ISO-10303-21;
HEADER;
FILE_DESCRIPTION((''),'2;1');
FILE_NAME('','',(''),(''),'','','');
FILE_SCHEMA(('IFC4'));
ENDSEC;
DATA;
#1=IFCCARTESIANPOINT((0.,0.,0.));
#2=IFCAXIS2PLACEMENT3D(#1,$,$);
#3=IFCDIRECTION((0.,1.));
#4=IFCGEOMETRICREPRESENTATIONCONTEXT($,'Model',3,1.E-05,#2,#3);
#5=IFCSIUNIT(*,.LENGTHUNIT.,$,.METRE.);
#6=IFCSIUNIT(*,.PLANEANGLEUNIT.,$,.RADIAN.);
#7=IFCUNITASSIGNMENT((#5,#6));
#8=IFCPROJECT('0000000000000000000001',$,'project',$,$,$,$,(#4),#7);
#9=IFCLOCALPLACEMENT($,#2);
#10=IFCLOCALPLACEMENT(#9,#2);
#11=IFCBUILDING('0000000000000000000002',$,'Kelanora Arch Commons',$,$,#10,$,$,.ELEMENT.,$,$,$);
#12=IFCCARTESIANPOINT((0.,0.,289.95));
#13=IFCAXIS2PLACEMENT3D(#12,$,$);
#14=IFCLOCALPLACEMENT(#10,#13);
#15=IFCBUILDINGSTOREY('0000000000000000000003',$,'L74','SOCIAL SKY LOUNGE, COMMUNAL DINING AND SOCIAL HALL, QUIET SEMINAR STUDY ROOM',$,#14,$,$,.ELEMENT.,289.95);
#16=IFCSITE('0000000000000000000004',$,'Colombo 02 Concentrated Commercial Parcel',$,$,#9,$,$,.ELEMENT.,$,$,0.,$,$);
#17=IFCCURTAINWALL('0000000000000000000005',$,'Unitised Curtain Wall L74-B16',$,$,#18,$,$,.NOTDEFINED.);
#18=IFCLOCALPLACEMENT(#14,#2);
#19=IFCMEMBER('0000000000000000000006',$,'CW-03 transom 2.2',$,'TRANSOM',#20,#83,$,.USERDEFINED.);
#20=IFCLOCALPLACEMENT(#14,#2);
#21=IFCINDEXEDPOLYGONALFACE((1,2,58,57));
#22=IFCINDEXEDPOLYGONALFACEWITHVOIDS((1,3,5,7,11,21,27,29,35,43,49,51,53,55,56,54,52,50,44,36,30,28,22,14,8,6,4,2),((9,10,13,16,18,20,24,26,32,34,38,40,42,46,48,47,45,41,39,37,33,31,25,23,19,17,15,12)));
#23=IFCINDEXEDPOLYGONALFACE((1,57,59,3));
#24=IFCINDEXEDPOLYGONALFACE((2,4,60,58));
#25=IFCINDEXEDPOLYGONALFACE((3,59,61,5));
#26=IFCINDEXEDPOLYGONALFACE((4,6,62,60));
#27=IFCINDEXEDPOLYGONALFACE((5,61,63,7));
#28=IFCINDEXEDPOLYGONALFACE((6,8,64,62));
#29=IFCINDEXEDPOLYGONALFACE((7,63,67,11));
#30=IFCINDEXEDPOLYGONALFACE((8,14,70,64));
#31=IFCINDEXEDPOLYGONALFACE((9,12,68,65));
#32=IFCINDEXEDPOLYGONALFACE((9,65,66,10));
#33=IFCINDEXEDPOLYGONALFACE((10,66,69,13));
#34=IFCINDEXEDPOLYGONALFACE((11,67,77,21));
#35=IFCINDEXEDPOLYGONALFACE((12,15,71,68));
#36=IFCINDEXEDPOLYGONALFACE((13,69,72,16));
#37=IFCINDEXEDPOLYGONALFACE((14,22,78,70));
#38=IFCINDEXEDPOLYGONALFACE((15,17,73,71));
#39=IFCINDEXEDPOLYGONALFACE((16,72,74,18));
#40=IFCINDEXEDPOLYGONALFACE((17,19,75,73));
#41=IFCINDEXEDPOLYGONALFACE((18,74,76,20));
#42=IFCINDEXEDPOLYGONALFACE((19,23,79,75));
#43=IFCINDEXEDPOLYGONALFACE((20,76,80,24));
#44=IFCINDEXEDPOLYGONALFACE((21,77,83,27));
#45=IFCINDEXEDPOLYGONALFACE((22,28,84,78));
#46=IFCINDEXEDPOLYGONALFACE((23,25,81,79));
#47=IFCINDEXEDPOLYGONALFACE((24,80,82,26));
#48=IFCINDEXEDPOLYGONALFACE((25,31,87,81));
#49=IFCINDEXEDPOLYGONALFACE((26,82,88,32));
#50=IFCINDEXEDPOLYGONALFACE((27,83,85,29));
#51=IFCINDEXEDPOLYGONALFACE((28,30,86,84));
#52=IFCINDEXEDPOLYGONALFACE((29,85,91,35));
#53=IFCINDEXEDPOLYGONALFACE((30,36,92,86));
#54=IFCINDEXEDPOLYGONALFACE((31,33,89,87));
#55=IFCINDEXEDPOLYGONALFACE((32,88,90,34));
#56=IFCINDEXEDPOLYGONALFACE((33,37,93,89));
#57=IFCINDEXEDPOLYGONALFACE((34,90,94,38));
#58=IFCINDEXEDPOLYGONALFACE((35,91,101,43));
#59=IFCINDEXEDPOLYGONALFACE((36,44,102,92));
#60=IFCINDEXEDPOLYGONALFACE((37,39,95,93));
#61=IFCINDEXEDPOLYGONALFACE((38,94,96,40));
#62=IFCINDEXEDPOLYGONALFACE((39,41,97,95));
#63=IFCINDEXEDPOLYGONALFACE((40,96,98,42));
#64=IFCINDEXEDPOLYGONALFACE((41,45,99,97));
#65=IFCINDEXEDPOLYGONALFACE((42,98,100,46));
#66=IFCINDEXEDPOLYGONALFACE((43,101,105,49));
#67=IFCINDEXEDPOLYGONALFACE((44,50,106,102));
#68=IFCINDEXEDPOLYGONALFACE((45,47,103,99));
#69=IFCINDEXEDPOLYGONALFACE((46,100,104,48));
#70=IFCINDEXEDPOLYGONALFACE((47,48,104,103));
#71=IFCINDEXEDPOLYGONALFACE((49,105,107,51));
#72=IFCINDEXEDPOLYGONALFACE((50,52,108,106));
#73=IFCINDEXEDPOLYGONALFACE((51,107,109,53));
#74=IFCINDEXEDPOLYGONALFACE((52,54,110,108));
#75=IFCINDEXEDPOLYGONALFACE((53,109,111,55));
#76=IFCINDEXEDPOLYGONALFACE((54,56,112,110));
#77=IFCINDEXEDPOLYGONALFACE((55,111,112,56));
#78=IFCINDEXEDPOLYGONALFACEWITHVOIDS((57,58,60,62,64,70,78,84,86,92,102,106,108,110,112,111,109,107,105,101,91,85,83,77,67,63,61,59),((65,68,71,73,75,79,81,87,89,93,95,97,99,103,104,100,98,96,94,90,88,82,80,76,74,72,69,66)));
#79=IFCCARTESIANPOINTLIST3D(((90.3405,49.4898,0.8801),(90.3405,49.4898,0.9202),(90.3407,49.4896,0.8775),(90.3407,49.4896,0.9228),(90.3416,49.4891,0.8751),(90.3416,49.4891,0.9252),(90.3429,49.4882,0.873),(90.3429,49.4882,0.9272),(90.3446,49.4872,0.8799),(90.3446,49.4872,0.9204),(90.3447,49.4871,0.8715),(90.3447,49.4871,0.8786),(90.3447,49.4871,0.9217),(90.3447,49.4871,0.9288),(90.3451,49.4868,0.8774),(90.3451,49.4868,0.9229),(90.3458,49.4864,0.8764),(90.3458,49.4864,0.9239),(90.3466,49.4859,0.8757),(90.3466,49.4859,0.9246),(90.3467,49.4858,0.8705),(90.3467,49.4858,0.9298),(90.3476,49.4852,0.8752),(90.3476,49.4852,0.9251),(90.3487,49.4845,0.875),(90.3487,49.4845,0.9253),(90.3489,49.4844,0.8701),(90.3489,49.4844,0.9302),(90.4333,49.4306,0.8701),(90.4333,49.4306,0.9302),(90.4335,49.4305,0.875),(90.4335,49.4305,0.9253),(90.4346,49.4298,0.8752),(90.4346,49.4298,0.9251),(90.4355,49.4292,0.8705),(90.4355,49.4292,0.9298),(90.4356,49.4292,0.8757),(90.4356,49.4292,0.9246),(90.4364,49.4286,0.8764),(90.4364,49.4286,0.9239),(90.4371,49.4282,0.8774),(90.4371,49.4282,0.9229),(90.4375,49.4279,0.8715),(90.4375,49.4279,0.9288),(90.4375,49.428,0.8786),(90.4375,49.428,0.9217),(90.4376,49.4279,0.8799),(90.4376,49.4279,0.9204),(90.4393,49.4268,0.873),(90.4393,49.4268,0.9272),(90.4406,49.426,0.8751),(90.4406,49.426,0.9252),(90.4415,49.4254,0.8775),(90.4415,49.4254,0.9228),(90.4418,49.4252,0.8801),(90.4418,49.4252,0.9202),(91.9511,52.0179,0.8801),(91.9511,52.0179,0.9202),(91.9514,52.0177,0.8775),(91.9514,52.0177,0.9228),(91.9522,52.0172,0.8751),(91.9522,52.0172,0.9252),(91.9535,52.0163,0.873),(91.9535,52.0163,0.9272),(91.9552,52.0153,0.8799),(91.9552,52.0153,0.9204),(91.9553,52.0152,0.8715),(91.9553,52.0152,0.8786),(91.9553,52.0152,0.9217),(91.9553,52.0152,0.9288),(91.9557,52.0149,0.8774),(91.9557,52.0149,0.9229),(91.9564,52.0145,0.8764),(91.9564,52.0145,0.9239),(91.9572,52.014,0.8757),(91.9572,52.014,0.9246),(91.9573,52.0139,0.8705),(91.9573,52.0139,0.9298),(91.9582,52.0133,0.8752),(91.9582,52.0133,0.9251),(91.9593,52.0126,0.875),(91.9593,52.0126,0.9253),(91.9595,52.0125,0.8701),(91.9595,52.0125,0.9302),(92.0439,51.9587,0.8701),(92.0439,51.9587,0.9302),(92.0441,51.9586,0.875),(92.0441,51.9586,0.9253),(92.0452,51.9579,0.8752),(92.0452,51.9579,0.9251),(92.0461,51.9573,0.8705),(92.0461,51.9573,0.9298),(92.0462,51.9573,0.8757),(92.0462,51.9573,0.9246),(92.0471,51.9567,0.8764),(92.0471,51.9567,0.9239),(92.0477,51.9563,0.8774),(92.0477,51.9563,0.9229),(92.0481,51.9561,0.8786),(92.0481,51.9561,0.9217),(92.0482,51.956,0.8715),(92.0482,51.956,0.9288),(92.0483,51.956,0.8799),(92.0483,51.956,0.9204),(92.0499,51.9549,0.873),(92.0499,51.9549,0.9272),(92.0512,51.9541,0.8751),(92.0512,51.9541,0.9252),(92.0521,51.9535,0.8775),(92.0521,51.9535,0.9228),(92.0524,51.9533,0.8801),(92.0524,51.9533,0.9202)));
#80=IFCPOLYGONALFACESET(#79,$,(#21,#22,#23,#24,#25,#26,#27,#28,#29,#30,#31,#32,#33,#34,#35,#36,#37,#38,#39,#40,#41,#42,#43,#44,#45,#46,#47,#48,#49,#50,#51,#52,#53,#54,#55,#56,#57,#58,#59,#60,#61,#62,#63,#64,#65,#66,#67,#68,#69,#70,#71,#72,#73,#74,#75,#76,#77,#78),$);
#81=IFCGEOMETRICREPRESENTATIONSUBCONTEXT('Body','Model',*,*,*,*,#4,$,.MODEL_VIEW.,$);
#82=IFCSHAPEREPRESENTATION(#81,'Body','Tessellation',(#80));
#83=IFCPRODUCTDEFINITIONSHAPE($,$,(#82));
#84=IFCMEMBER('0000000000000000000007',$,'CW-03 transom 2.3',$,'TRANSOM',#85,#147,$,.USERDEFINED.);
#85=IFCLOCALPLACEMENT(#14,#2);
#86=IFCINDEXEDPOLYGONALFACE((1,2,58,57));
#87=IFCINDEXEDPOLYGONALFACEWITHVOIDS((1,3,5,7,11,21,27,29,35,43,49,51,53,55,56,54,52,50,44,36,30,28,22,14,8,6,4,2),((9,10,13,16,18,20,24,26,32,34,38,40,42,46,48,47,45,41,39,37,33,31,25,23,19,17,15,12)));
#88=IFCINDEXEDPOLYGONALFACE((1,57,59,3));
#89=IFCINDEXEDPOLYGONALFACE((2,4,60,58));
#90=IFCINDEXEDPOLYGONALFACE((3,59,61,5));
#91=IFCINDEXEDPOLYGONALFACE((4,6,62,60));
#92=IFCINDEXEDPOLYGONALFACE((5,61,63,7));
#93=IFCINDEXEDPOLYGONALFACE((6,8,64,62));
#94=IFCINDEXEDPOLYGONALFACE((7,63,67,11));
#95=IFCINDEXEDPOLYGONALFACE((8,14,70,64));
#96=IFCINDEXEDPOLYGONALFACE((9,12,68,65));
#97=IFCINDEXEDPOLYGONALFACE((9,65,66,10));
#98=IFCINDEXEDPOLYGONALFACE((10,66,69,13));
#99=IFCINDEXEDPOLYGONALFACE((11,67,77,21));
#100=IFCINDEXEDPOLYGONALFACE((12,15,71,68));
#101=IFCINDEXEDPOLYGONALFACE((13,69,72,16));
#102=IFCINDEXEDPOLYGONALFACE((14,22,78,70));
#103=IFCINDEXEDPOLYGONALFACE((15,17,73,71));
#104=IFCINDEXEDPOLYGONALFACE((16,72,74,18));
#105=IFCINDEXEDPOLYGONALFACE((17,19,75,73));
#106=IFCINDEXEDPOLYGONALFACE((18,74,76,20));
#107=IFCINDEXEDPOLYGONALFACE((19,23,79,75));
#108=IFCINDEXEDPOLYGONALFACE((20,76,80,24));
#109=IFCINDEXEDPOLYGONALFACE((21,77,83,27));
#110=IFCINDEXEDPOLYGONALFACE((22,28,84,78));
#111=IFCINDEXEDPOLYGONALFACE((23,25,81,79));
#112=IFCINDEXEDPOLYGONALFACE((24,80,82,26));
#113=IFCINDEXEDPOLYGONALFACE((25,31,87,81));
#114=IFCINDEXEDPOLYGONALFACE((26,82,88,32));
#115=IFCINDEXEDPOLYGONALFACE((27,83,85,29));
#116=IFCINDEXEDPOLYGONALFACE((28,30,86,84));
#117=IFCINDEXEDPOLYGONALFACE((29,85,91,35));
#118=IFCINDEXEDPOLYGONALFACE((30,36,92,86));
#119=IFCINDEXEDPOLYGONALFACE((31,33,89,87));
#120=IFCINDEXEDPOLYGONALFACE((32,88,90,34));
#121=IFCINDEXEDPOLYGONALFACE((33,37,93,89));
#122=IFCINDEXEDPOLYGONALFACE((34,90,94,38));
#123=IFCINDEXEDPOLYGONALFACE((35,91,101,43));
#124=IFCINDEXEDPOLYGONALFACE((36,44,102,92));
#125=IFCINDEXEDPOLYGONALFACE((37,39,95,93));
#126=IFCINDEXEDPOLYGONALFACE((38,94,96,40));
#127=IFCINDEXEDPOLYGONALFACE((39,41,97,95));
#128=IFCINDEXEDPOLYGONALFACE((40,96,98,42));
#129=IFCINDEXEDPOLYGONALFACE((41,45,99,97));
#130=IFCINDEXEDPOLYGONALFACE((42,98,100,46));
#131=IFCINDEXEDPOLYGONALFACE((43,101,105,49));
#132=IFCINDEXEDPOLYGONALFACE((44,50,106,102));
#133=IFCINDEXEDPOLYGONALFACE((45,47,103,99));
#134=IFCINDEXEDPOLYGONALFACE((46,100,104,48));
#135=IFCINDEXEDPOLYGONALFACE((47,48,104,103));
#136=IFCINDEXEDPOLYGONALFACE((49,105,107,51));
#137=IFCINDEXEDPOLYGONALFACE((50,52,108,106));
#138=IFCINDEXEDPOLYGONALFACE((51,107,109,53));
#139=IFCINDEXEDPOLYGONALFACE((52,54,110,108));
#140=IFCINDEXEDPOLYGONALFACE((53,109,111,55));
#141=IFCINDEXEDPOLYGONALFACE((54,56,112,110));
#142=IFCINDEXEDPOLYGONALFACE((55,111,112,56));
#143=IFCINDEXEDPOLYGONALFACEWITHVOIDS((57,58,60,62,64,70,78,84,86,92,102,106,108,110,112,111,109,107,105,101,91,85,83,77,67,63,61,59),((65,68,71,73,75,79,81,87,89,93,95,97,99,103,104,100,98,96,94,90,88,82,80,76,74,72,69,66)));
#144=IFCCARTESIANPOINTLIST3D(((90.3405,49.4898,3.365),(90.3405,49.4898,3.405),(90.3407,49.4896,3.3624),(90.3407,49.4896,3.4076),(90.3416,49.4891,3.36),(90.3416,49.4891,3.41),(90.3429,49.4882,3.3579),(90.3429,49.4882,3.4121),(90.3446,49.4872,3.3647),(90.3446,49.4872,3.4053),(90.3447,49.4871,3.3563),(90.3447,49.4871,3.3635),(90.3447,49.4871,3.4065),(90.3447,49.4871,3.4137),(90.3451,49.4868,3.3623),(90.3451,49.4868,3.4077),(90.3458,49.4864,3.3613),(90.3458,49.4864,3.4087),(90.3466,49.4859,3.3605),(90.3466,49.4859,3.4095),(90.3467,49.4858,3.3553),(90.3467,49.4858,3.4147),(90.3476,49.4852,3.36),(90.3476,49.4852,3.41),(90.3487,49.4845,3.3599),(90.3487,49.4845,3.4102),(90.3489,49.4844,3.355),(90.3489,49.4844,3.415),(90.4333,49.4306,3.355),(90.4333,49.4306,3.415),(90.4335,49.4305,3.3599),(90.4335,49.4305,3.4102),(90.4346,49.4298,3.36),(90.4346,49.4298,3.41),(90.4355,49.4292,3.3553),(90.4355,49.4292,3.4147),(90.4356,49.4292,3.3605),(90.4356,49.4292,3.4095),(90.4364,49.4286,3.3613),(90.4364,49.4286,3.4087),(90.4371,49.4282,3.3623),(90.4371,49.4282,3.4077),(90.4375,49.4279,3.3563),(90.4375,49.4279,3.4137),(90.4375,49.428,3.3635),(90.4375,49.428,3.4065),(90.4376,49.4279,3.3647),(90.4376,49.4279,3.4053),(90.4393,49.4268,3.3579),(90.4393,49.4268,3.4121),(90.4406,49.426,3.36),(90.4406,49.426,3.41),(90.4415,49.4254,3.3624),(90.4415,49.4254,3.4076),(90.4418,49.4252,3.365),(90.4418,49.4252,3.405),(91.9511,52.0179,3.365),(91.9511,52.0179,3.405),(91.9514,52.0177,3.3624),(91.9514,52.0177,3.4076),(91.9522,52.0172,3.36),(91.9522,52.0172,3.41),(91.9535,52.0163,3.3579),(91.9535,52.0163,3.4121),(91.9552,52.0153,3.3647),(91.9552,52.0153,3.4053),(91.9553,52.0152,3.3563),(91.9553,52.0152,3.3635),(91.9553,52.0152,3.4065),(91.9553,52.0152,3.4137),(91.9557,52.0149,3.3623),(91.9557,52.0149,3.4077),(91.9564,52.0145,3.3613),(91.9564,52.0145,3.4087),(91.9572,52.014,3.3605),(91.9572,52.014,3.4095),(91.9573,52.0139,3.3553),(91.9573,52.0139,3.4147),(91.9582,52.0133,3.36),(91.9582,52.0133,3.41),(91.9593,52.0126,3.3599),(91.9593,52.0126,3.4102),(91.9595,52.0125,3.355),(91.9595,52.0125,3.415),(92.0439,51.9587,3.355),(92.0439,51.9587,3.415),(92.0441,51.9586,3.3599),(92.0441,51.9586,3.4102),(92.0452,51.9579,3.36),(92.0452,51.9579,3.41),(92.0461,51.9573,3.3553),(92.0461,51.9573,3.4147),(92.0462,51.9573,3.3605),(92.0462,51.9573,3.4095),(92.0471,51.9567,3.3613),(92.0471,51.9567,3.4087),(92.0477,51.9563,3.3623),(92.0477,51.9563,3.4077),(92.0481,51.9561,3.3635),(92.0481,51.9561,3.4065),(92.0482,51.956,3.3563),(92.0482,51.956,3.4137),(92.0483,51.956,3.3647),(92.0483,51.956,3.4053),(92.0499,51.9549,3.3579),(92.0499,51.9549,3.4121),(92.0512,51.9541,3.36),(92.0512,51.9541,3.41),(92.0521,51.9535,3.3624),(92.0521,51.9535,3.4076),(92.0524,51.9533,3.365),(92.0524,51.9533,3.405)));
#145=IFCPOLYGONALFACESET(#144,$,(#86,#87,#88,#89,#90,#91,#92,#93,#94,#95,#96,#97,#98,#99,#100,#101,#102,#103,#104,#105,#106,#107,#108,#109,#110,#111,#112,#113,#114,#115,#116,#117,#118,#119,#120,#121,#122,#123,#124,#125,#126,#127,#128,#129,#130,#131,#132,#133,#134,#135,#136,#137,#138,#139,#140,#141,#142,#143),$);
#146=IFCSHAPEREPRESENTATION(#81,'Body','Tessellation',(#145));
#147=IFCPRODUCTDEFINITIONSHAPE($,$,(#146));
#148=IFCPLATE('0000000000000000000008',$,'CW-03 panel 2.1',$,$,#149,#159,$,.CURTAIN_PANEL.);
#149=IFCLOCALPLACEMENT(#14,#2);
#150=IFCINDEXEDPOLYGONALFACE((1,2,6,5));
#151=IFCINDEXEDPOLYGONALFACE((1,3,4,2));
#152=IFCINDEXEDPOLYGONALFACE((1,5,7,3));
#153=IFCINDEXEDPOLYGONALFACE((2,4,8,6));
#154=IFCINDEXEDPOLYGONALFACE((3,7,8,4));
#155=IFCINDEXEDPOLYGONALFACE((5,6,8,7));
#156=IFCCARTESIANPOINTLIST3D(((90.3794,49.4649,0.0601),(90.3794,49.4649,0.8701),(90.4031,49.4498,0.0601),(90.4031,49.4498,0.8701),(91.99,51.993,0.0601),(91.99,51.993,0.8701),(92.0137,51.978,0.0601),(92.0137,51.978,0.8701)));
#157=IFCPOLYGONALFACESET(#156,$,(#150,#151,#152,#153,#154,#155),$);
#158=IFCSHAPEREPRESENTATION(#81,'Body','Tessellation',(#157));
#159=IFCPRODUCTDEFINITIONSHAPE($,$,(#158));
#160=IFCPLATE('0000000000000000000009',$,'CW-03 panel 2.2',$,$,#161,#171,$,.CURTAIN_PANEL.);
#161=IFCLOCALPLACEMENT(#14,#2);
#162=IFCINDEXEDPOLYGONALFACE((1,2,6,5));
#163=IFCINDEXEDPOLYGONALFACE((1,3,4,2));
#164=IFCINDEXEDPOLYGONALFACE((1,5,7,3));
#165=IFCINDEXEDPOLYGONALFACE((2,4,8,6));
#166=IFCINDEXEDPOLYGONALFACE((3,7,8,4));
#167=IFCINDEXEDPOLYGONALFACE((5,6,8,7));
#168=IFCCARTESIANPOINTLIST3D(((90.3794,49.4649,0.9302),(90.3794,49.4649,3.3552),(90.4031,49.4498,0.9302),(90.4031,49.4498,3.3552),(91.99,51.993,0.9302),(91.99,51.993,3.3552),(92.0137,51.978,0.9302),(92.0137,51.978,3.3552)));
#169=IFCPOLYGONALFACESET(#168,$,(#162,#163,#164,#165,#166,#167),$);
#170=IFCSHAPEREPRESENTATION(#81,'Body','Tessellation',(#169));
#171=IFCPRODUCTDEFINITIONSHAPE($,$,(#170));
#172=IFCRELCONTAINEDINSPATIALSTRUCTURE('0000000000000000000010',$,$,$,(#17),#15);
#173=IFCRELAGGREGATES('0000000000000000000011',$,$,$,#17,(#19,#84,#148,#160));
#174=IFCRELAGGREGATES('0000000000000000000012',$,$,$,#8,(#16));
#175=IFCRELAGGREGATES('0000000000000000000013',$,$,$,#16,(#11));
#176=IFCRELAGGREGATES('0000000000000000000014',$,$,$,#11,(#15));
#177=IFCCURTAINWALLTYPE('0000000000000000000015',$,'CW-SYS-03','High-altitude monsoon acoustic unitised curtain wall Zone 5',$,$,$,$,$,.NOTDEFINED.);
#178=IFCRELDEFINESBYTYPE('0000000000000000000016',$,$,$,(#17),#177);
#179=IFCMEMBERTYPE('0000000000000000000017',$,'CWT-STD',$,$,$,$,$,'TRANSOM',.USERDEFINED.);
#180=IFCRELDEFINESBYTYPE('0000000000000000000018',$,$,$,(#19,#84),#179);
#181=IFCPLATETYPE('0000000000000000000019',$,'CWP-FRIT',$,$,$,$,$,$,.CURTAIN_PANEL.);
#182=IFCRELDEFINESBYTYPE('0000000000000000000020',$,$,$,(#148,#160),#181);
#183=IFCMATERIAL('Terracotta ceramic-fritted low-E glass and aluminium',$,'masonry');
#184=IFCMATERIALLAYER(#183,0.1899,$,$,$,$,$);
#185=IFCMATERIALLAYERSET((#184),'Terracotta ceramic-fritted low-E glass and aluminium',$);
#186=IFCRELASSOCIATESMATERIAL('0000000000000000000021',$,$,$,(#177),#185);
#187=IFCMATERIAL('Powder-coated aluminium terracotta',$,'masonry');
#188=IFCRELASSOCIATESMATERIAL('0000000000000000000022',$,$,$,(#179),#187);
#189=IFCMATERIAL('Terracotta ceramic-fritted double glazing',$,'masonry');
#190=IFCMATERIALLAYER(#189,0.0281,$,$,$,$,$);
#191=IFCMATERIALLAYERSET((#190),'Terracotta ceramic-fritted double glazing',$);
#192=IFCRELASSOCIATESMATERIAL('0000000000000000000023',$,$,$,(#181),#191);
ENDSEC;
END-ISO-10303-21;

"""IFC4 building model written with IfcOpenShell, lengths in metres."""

from ifc_helpers import new_model, si_unit, direction, frame, origin, origin_2d, place, context, subcontext, project, spatial, rectangle, hollow_rectangle, extrude, source, transform, mapped, material, layer, layer_set, material_profile, profile_set, type_object, element, aggregate, save


model = new_model("IFC4")

# Units and contexts
model_context = context("Model", 3, precision=1e-05, world=origin(), true_north=direction((0.0, 1.0)))
body_context = subcontext(model_context, "Body", "Model", "MODEL_VIEW")
ifc_project = project(units=[si_unit("LENGTHUNIT", "METRE"), si_unit("PLANEANGLEUNIT", "RADIAN")], contexts=[model_context])

# Site, building, storey
site_placement = place(None, origin())
site = spatial("IfcSite", under=ifc_project, at=site_placement, Name="Colombo 02 Concentrated Commercial Parcel", CompositionType="ELEMENT", RefElevation=0.0)
building_placement = place(site_placement, origin())
building = spatial("IfcBuilding", under=site, at=building_placement, Name="Kelanora Arch Commons", CompositionType="ELEMENT")
storey_placement = place(building_placement, frame((0.0, 0.0, 289.95)))
storey = spatial("IfcBuildingStorey", under=building, at=storey_placement, Name="L74", Description="SOCIAL SKY LOUNGE, COMMUNAL DINING AND SOCIAL HALL, QUIET SEMINAR STUDY ROOM", CompositionType="ELEMENT", Elevation=289.95)

# Curtain wall, members, plates
ifc_material_1 = material(Name="Terracotta ceramic-fritted low-E glass and aluminium", Category="masonry")
ifc_layer_1 = layer(ifc_material_1, 0.1899)
ifc_layer_set_1 = layer_set([ifc_layer_1], Name="Terracotta ceramic-fritted low-E glass and aluminium")
curtain_wall_type = type_object("IfcCurtainWallType", Name="CW-SYS-03", Description="High-altitude monsoon acoustic unitised curtain wall Zone 5", PredefinedType="NOTDEFINED", material=ifc_layer_set_1)
curtain_wall_placement = place(storey_placement, origin())
curtain_wall = element("IfcCurtainWall", 1, at=curtain_wall_placement, inside=storey, type_object=curtain_wall_type, Name="Unitised Curtain Wall L74-B16", PredefinedType="NOTDEFINED")
ifc_material_2 = material(Name="Powder-coated aluminium terracotta", Category="masonry")
ifc_material_profile_1 = material_profile(ifc_material_2, hollow_rectangle(XDim=0.1201, YDim=0.0601, WallThickness=0.0049, InnerFilletRadius=0.0049, OuterFilletRadius=0.01, at=origin_2d()), Name="CWT120x60")
ifc_profile_set_1 = profile_set([ifc_material_profile_1], Name="Powder-coated aluminium terracotta")
member_type_1 = type_object("IfcMemberType", Name="CWT-STD", ElementType="TRANSOM", PredefinedType="USERDEFINED", material=ifc_profile_set_1)
member_1_placement = place(storey_placement, frame((90.3911, 49.4575, 0.9001), z_axis=(0.537308, 0.843386, 0.0), x_axis=(-0.843386, 0.537308, 0.0)))
member_1 = element("IfcMember", 2, at=member_1_placement, type_object=member_type_1, Name="CW-03 transom 2.2", ObjectType="TRANSOM", PredefinedType="USERDEFINED", context=body_context, shape_type="SweptSolid", body=[
    extrude(hollow_rectangle(XDim=0.1201, YDim=0.0601, WallThickness=0.0049, InnerFilletRadius=0.0049, OuterFilletRadius=0.01, at=origin_2d()), origin(), (0.0, 0.0, 1.0), 2.9976),
])
member_2_placement = place(storey_placement, frame((90.3911, 49.4575, 3.385), z_axis=(0.537308, 0.843386, 0.0), x_axis=(-0.843386, 0.537308, 0.0)))
member_2 = element("IfcMember", 3, at=member_2_placement, type_object=member_type_1, Name="CW-03 transom 2.3", ObjectType="TRANSOM", PredefinedType="USERDEFINED", context=body_context, shape_type="SweptSolid", body=[
    extrude(hollow_rectangle(XDim=0.1201, YDim=0.0601, WallThickness=0.0049, InnerFilletRadius=0.0049, OuterFilletRadius=0.01, at=origin_2d()), origin(), (0.0, 0.0, 1.0), 2.9976),
])
ifc_material_3 = material(Name="Terracotta ceramic-fritted double glazing", Category="masonry")
ifc_layer_2 = layer(ifc_material_3, 0.0281)
ifc_layer_set_2 = layer_set([ifc_layer_2], Name="Terracotta ceramic-fritted double glazing")
plate_type = type_object("IfcPlateType", Name="CWP-FRIT", PredefinedType="CURTAIN_PANEL", material=ifc_layer_set_2)
shared_shape_1 = source(origin(), body_context, "Body", "SweptSolid", [
    extrude(rectangle(XDim=2.9976, YDim=0.0281, at=origin_2d()), origin(), (0.0, 0.0, 1.0), 0.8101),
])
plate_1_placement = place(storey_placement, frame((91.1965, 50.7214, 0.0601), z_axis=(0.0, 0.0, 1.0), x_axis=(0.5373, 0.843391, 0.0)))
plate_1 = element("IfcPlate", 4, at=plate_1_placement, type_object=plate_type, Name="CW-03 panel 2.1", PredefinedType="CURTAIN_PANEL", context=body_context, shape_type="MappedRepresentation", body=[
    mapped(shared_shape_1, transform((0.0, 0.0, 0.0), scale=1.0)),
])
shared_shape_2 = source(origin(), body_context, "Body", "SweptSolid", [
    extrude(rectangle(XDim=2.9976, YDim=0.0281, at=origin_2d()), origin(), (0.0, 0.0, 1.0), 2.425),
])
plate_2_placement = place(storey_placement, frame((91.1965, 50.7214, 0.9302), z_axis=(0.0, 0.0, 1.0), x_axis=(0.5373, 0.843391, 0.0)))
plate_2 = element("IfcPlate", 5, at=plate_2_placement, type_object=plate_type, Name="CW-03 panel 2.2", PredefinedType="CURTAIN_PANEL", context=body_context, shape_type="MappedRepresentation", body=[
    mapped(shared_shape_2, transform((0.0, 0.0, 0.0), scale=1.0)),
])
aggregate(curtain_wall, [member_1, member_2, plate_1, plate_2])

save(model, "model.ifc")
